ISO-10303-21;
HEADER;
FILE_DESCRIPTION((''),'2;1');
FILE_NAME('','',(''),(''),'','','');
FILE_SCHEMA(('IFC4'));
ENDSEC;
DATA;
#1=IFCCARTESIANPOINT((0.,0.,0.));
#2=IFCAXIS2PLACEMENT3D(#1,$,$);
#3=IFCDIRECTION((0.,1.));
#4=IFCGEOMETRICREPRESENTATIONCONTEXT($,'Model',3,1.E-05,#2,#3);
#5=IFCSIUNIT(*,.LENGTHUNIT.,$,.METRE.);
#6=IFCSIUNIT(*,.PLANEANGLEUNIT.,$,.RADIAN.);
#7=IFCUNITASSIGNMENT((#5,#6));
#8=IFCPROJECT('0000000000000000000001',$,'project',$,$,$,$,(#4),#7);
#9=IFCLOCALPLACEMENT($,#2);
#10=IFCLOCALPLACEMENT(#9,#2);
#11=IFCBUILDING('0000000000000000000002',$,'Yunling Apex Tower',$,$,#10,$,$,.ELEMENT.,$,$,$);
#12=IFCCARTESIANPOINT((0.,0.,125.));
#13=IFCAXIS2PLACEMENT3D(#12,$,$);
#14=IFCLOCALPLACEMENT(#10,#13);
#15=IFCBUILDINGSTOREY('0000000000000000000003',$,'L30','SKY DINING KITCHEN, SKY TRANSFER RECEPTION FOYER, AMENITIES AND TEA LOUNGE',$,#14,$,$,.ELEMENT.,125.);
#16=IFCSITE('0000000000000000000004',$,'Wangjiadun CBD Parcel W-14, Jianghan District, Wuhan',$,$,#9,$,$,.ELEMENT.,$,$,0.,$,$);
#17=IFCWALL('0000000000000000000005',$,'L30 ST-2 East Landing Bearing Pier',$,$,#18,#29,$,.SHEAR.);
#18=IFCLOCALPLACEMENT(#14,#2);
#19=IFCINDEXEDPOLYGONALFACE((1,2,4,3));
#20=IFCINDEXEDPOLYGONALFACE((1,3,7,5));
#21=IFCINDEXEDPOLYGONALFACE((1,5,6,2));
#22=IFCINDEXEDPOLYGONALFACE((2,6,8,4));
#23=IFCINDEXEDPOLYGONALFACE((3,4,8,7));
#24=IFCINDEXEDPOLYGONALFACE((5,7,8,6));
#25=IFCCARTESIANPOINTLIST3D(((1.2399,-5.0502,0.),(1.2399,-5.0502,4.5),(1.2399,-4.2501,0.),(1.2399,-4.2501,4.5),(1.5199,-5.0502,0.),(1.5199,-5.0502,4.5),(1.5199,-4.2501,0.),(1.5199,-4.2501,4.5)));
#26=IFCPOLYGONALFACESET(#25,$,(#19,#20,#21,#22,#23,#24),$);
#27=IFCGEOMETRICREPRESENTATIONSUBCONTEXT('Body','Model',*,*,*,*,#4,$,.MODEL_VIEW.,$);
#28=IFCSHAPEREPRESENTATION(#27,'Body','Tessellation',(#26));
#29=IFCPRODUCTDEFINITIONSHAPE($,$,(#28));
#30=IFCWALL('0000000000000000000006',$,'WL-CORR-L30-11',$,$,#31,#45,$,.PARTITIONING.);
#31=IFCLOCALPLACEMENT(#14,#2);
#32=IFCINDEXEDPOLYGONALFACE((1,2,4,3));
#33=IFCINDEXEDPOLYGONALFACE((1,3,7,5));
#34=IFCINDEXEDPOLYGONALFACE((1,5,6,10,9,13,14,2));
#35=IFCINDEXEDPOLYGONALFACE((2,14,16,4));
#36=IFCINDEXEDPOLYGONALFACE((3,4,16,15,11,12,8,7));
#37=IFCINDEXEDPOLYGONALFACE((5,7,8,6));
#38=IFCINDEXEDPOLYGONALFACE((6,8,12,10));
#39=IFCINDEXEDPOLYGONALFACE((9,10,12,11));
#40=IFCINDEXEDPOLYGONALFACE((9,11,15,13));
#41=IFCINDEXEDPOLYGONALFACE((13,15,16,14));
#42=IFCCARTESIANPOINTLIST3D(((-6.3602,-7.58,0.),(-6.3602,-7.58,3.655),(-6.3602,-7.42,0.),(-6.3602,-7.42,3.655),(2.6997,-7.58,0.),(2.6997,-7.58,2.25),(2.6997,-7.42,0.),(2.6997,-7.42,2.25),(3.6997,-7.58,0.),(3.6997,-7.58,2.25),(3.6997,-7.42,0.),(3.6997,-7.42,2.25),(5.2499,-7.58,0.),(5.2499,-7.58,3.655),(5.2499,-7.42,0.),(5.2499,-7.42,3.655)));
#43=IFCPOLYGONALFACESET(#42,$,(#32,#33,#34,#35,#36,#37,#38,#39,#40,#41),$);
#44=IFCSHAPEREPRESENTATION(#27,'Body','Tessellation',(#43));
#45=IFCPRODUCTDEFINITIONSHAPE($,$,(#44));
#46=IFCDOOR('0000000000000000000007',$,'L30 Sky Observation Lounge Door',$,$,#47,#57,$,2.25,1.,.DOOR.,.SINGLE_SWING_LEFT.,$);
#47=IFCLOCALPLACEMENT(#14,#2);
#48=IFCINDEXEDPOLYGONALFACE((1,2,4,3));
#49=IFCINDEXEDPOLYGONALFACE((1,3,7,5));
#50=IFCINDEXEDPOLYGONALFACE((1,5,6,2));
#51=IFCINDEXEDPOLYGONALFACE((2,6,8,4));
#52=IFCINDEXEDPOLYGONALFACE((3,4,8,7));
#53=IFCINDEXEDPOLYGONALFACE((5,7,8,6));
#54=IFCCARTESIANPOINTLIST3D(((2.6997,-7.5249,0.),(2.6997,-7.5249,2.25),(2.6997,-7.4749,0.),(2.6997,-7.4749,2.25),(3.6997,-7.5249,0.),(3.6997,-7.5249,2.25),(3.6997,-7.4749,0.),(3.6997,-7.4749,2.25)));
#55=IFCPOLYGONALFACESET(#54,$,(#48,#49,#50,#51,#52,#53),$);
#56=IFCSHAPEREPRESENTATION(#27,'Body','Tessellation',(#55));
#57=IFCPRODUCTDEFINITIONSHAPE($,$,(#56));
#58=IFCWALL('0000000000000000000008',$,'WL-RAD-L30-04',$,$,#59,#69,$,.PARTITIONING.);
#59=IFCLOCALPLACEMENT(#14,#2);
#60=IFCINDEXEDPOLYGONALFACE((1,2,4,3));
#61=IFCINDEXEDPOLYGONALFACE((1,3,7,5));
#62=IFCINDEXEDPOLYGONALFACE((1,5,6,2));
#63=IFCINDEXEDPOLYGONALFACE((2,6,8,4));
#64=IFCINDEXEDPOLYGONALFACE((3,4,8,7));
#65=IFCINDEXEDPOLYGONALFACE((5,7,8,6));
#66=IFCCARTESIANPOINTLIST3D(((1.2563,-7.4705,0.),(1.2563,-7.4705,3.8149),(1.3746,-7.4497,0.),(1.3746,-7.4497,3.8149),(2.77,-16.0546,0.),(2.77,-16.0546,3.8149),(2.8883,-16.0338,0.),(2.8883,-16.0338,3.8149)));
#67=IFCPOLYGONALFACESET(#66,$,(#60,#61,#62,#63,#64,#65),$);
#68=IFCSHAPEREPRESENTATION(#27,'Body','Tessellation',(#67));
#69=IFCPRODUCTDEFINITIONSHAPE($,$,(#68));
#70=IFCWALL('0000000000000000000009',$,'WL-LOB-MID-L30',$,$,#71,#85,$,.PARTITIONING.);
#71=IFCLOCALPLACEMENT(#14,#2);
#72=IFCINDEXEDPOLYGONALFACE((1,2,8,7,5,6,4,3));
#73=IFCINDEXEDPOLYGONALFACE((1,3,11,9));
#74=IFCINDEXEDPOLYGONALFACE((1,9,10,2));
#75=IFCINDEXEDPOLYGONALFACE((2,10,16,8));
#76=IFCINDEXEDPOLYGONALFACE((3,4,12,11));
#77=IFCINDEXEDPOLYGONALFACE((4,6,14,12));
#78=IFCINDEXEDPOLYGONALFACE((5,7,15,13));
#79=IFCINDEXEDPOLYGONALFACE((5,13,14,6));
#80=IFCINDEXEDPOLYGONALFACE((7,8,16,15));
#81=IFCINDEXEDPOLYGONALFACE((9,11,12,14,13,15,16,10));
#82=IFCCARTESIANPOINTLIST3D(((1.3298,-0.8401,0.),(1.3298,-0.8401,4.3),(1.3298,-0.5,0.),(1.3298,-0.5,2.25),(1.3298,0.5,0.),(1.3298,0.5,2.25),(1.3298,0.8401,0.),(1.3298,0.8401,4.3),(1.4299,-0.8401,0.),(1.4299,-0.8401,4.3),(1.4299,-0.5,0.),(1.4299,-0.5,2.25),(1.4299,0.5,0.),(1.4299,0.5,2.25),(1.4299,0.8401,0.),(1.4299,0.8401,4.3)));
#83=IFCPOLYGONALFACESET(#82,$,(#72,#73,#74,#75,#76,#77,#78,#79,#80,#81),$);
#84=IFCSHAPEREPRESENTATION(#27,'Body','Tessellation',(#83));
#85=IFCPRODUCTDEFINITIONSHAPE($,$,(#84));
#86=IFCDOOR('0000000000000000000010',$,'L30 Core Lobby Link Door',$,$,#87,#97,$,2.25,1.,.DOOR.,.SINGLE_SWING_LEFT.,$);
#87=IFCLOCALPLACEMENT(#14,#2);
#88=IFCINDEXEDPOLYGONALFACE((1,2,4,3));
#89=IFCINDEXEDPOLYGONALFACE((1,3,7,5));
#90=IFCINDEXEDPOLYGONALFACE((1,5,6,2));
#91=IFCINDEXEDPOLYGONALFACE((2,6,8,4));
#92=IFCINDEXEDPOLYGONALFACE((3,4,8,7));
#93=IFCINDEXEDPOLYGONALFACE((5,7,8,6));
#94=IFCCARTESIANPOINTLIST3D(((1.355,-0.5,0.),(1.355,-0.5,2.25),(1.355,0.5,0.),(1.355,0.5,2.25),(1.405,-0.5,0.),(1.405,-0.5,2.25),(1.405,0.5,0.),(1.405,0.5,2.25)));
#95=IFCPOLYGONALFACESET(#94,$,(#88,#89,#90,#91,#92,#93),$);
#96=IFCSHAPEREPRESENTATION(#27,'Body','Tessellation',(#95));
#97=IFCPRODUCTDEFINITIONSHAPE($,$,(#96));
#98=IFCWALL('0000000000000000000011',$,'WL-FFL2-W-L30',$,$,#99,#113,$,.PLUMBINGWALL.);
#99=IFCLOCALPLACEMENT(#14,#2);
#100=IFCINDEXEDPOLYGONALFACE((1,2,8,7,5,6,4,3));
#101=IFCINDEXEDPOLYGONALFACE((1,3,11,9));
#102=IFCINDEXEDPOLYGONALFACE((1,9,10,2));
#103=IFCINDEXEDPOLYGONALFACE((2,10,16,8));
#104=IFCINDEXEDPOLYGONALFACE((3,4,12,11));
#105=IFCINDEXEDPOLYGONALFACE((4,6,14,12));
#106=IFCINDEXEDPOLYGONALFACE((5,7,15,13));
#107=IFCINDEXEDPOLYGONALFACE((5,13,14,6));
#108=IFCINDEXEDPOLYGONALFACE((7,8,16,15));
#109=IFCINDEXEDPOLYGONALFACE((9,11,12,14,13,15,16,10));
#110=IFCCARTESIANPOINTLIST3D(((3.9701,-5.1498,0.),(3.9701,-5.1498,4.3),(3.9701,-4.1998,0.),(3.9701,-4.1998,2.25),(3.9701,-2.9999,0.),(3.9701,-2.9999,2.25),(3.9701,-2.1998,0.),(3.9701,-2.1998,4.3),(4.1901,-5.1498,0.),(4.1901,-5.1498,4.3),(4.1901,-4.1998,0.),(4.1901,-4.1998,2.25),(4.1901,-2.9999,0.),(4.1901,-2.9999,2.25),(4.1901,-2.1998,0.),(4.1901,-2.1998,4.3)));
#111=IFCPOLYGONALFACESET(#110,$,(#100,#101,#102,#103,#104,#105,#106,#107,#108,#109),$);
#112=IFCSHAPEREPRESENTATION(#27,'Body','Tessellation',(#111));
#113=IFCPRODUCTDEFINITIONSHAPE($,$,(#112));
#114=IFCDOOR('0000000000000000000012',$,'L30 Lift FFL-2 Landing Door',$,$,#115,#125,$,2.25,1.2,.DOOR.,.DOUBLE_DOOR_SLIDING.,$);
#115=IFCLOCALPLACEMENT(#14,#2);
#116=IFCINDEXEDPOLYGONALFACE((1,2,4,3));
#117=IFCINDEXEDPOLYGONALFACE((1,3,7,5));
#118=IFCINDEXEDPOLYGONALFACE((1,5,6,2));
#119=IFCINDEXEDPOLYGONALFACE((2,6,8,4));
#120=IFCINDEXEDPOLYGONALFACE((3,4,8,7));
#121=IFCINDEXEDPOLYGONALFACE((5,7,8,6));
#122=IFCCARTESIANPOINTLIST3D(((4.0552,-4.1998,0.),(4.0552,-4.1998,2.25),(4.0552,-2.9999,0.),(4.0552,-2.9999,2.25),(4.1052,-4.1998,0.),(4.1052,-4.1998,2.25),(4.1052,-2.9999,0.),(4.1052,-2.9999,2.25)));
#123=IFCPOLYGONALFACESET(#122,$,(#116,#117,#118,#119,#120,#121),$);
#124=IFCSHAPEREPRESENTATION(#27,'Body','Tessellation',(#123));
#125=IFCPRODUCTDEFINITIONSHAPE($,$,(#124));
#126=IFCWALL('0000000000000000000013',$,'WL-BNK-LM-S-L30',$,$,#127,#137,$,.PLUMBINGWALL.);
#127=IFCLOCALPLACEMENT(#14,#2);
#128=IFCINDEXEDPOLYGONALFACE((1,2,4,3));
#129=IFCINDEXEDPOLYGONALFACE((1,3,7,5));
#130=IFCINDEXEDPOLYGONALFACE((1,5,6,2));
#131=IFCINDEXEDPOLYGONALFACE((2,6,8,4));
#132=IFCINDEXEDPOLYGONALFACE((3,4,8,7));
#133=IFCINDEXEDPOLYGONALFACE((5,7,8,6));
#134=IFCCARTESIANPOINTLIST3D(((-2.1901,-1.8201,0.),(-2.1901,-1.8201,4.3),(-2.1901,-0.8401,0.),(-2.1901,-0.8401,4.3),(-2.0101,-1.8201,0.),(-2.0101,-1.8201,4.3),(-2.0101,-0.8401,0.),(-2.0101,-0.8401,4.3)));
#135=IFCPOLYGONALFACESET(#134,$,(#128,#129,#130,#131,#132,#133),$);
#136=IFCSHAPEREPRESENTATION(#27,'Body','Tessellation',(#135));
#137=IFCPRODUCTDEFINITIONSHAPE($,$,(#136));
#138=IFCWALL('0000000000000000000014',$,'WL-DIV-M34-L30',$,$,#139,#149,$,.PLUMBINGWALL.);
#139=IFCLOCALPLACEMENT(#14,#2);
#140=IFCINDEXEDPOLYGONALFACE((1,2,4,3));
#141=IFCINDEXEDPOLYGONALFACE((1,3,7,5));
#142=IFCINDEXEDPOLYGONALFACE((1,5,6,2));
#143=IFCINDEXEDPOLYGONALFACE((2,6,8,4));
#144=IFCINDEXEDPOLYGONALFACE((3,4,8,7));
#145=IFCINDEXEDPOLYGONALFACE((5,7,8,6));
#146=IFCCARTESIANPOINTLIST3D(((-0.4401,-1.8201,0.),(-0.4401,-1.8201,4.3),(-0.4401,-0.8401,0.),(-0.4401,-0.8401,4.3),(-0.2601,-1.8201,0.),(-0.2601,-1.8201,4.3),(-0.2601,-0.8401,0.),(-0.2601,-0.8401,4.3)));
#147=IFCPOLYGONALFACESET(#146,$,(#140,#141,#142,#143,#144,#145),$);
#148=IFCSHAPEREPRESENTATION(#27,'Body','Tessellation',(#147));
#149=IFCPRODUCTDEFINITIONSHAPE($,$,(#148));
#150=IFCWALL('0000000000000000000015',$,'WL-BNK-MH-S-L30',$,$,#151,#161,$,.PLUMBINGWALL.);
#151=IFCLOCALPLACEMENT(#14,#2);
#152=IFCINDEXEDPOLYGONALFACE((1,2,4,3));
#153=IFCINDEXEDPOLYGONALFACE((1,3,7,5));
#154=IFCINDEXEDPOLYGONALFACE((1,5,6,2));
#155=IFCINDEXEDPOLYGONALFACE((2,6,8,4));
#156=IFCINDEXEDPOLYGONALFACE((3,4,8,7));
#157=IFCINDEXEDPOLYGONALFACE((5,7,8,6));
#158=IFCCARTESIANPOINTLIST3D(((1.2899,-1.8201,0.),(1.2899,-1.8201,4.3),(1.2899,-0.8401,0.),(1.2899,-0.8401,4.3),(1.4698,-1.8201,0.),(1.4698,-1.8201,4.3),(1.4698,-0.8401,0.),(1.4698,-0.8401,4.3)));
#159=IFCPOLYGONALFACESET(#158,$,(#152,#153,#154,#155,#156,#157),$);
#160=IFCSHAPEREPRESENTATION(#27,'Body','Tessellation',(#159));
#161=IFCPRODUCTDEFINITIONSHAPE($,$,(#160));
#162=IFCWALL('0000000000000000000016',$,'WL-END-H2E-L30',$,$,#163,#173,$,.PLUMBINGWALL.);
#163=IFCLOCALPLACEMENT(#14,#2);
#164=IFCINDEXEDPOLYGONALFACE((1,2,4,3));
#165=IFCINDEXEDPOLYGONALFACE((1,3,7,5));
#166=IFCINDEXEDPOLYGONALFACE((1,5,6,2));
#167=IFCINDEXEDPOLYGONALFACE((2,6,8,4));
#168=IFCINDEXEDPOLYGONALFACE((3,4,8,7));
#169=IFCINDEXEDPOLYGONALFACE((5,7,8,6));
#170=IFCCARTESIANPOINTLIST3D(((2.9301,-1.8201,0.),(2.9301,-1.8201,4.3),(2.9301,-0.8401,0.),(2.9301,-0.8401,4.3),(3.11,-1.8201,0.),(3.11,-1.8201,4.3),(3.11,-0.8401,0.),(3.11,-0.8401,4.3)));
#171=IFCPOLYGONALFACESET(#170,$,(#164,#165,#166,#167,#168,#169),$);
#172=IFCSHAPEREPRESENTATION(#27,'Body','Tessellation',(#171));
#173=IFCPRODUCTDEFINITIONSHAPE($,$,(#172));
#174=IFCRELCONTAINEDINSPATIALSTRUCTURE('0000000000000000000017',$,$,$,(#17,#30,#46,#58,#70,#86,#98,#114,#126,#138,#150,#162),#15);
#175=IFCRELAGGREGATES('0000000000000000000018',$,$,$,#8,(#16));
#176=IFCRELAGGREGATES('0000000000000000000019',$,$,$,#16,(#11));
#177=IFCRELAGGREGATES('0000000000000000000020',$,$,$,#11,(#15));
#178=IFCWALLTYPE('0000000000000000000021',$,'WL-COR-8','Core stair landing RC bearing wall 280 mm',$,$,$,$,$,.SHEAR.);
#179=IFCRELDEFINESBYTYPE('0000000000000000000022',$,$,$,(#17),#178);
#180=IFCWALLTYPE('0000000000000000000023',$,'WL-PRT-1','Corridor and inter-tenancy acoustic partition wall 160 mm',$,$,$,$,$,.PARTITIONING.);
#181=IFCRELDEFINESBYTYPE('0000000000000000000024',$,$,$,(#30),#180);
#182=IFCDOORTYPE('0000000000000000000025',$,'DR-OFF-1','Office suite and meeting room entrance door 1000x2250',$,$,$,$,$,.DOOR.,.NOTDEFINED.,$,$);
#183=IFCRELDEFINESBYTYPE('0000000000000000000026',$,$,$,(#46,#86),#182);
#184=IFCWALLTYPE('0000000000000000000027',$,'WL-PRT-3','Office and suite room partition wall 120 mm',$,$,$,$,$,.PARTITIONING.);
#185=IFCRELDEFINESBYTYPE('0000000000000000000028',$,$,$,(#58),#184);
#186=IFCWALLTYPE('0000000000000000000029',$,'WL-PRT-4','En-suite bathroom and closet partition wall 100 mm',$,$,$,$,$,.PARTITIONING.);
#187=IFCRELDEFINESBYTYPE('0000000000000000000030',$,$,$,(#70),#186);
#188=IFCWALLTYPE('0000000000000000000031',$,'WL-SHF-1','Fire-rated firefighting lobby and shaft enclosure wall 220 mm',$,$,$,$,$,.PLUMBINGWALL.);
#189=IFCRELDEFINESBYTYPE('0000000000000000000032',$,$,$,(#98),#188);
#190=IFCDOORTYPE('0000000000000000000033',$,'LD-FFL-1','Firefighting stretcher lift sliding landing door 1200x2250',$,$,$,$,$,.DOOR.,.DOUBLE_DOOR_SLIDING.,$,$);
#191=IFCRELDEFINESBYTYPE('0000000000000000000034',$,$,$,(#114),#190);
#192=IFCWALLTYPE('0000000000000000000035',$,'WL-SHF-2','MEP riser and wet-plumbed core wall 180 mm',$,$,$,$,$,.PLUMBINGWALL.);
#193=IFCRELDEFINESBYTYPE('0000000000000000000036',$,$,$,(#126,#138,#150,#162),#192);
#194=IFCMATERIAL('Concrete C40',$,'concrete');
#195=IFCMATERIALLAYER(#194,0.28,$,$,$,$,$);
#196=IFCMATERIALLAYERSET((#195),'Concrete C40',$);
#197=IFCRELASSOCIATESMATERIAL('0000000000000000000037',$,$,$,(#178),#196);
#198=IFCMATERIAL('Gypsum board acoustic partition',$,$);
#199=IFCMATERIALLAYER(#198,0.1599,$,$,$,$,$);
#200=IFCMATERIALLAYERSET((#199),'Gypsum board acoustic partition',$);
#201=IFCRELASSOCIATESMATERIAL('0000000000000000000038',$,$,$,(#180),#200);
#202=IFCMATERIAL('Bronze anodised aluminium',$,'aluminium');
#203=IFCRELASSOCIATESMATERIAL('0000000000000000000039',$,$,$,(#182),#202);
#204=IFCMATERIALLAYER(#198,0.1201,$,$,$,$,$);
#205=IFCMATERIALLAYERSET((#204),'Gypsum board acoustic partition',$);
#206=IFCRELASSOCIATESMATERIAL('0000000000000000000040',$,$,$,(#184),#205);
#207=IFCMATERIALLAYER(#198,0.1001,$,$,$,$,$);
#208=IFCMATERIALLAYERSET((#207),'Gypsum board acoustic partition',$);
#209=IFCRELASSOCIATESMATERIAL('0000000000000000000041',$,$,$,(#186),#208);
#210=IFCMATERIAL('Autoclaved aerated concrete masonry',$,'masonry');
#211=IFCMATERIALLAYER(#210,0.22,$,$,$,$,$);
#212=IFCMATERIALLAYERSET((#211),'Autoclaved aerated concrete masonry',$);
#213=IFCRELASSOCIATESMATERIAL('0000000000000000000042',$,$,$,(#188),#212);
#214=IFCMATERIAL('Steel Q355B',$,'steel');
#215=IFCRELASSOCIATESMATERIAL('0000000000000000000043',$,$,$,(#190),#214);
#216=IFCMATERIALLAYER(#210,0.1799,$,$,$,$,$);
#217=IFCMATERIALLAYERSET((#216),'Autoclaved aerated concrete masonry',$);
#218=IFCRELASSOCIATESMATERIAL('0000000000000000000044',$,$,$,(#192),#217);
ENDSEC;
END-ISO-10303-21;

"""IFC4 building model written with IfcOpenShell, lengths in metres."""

from ifc_helpers import new_model, si_unit, direction, frame, frame_2d, origin, place, context, subcontext, project, spatial, rectangle, extrude, material, layer, layer_set, type_object, element, fill, save


model = new_model("IFC4")

# Units and contexts
model_context = context("Model", 3, precision=1e-05, world=origin(), true_north=direction((0.0, 1.0)))
body_context = subcontext(model_context, "Body", "Model", "MODEL_VIEW")
ifc_project = project(units=[si_unit("LENGTHUNIT", "METRE"), si_unit("PLANEANGLEUNIT", "RADIAN")], contexts=[model_context])

# Site, building, storey
site_placement = place(None, origin())
site = spatial("IfcSite", under=ifc_project, at=site_placement, Name="Wangjiadun CBD Parcel W-14, Jianghan District, Wuhan", CompositionType="ELEMENT", RefElevation=0.0)
building_placement = place(site_placement, origin())
building = spatial("IfcBuilding", under=site, at=building_placement, Name="Yunling Apex Tower", CompositionType="ELEMENT")
storey_placement = place(building_placement, frame((0.0, 0.0, 125.0)))
storey = spatial("IfcBuildingStorey", under=building, at=storey_placement, Name="L30", Description="SKY DINING KITCHEN, SKY TRANSFER RECEPTION FOYER, AMENITIES AND TEA LOUNGE", CompositionType="ELEMENT", Elevation=125.0)

# Wall
ifc_material_1 = material(Name="Concrete C40", Category="concrete")
ifc_layer_1 = layer(ifc_material_1, 0.28)
ifc_layer_set_1 = layer_set([ifc_layer_1], Name="Concrete C40")
wall_type_1 = type_object("IfcWallType", Name="WL-COR-8", Description="Core stair landing RC bearing wall 280 mm", PredefinedType="SHEAR", material=ifc_layer_set_1)
wall_1_placement = place(storey_placement, frame((1.3799, -5.05, 0.0), z_axis=(0.0, 0.0, 1.0), x_axis=(0.0, 1.0, 0.0)))
element("IfcWall", 1, at=wall_1_placement, inside=storey, type_object=wall_type_1, Name="L30 ST-2 East Landing Bearing Pier", PredefinedType="SHEAR", context=body_context, shape_type="SweptSolid", body=[
    extrude(rectangle(XDim=0.8, YDim=0.28, at=frame_2d((0.3999, 0.0))), origin(), (0.0, 0.0, 1.0), 4.5),
])

# Wall, opening, door
ifc_material_2 = material(Name="Gypsum board acoustic partition")
ifc_layer_2 = layer(ifc_material_2, 0.1599)
ifc_layer_set_2 = layer_set([ifc_layer_2], Name="Gypsum board acoustic partition")
wall_type_2 = type_object("IfcWallType", Name="WL-PRT-1", Description="Corridor and inter-tenancy acoustic partition wall 160 mm", PredefinedType="PARTITIONING", material=ifc_layer_set_2)
wall_2_placement = place(storey_placement, frame((5.25, -7.5, 0.0), z_axis=(0.0, 0.0, 1.0), x_axis=(-1.0, 0.0, 0.0)))
wall_2 = element("IfcWall", 2, at=wall_2_placement, inside=storey, type_object=wall_type_2, Name="WL-CORR-L30-11", PredefinedType="PARTITIONING", context=body_context, shape_type="SweptSolid", body=[
    extrude(rectangle(XDim=11.6101, YDim=0.1599, at=frame_2d((5.8052, 0.0))), origin(), (0.0, 0.0, 1.0), 3.655),
])
opening_1_placement = place(wall_2_placement, frame((1.5503, 0.0, 0.0)))
opening_1 = element("IfcOpeningElement", 3, at=opening_1_placement, cuts=wall_2, PredefinedType="OPENING", context=body_context, shape_type="SweptSolid", body=[
    extrude(rectangle(XDim=1.0, YDim=2.25, at=frame_2d((0.5, 1.125))), frame((0.0, 0.0898, 0.0), z_axis=(0.0, -1.0, 0.0), x_axis=(1.0, 0.0, 0.0)), (0.0, 0.0, 1.0), 0.1799),
])
ifc_material_3 = material(Name="Bronze anodised aluminium", Category="aluminium")
door_type_1 = type_object("IfcDoorType", Name="DR-OFF-1", Description="Office suite and meeting room entrance door 1000x2250", OperationType="NOTDEFINED", PredefinedType="DOOR", material=ifc_material_3)
door_1_placement = place(opening_1_placement, origin())
door_1 = element("IfcDoor", 4, at=door_1_placement, inside=storey, type_object=door_type_1, Name="L30 Sky Observation Lounge Door", OperationType="SINGLE_SWING_LEFT", OverallHeight=2.25, OverallWidth=1.0, PredefinedType="DOOR", context=body_context, shape_type="SweptSolid", body=[
    extrude(rectangle(XDim=1.0, YDim=2.25, at=frame_2d((0.5, 1.125))), frame((0.0, 0.0249, 0.0), z_axis=(0.0, -1.0, 0.0), x_axis=(1.0, 0.0, 0.0)), (0.0, 0.0, 1.0), 0.05),
])
fill(opening_1, door_1)

# Wall
ifc_layer_3 = layer(ifc_material_2, 0.1201)
ifc_layer_set_3 = layer_set([ifc_layer_3], Name="Gypsum board acoustic partition")
wall_type_3 = type_object("IfcWallType", Name="WL-PRT-3", Description="Office and suite room partition wall 120 mm", PredefinedType="PARTITIONING", material=ifc_layer_set_3)
wall_3_placement = place(storey_placement, frame((1.3154, -7.46, 0.0), z_axis=(0.0, 0.0, 1.0), x_axis=(0.173653, -0.984807, 0.0)))
element("IfcWall", 5, at=wall_3_placement, inside=storey, type_object=wall_type_3, Name="WL-RAD-L30-04", PredefinedType="PARTITIONING", context=body_context, shape_type="SweptSolid", body=[
    extrude(rectangle(XDim=8.7166, YDim=0.1201, at=frame_2d((4.3584, 0.0))), origin(), (0.0, 0.0, 1.0), 3.8149),
])

# Walls, openings, doors
ifc_layer_4 = layer(ifc_material_2, 0.1001)
ifc_layer_set_4 = layer_set([ifc_layer_4], Name="Gypsum board acoustic partition")
wall_type_4 = type_object("IfcWallType", Name="WL-PRT-4", Description="En-suite bathroom and closet partition wall 100 mm", PredefinedType="PARTITIONING", material=ifc_layer_set_4)
wall_4_placement = place(storey_placement, frame((1.3799, -0.8401, 0.0), z_axis=(0.0, 0.0, 1.0), x_axis=(0.0, 1.0, 0.0)))
wall_4 = element("IfcWall", 6, at=wall_4_placement, inside=storey, type_object=wall_type_4, Name="WL-LOB-MID-L30", PredefinedType="PARTITIONING", context=body_context, shape_type="SweptSolid", body=[
    extrude(rectangle(XDim=1.6802, YDim=0.1001, at=frame_2d((0.8401, 0.0))), origin(), (0.0, 0.0, 1.0), 4.3),
])
opening_2_placement = place(wall_4_placement, frame((0.3401, 0.0, 0.0)))
opening_2 = element("IfcOpeningElement", 7, at=opening_2_placement, cuts=wall_4, PredefinedType="OPENING", context=body_context, shape_type="SweptSolid", body=[
    extrude(rectangle(XDim=1.0, YDim=2.25, at=frame_2d((0.5, 1.125))), frame((0.0, 0.0601, 0.0), z_axis=(0.0, -1.0, 0.0), x_axis=(1.0, 0.0, 0.0)), (0.0, 0.0, 1.0), 0.1201),
])
door_2_placement = place(opening_2_placement, origin())
door_2 = element("IfcDoor", 8, at=door_2_placement, inside=storey, type_object=door_type_1, Name="L30 Core Lobby Link Door", OperationType="SINGLE_SWING_LEFT", OverallHeight=2.25, OverallWidth=1.0, PredefinedType="DOOR", context=body_context, shape_type="SweptSolid", body=[
    extrude(rectangle(XDim=1.0, YDim=2.25, at=frame_2d((0.5, 1.125))), frame((0.0, 0.0249, 0.0), z_axis=(0.0, -1.0, 0.0), x_axis=(1.0, 0.0, 0.0)), (0.0, 0.0, 1.0), 0.05),
])
fill(opening_2, door_2)
ifc_material_4 = material(Name="Autoclaved aerated concrete masonry", Category="masonry")
ifc_layer_5 = layer(ifc_material_4, 0.22)
ifc_layer_set_5 = layer_set([ifc_layer_5], Name="Autoclaved aerated concrete masonry")
wall_type_5 = type_object("IfcWallType", Name="WL-SHF-1", Description="Fire-rated firefighting lobby and shaft enclosure wall 220 mm", PredefinedType="PLUMBINGWALL", material=ifc_layer_set_5)
ifc_material_5 = material(Name="Steel Q355B", Category="steel")
wall_5_placement = place(storey_placement, frame((4.0801, -5.1499, 0.0), z_axis=(0.0, 0.0, 1.0), x_axis=(0.0, 1.0, 0.0)))
wall_5 = element("IfcWall", 9, at=wall_5_placement, inside=storey, type_object=wall_type_5, Name="WL-FFL2-W-L30", PredefinedType="PLUMBINGWALL", context=body_context, shape_type="SweptSolid", body=[
    extrude(rectangle(XDim=2.95, YDim=0.22, at=frame_2d((1.4751, 0.0))), origin(), (0.0, 0.0, 1.0), 4.3),
])
opening_3_placement = place(wall_5_placement, frame((0.95, 0.0, 0.0)))
opening_3 = element("IfcOpeningElement", 10, at=opening_3_placement, cuts=wall_5, PredefinedType="OPENING", context=body_context, shape_type="SweptSolid", body=[
    extrude(rectangle(XDim=1.2, YDim=2.25, at=frame_2d((0.6001, 1.125))), frame((0.0, 0.1201, 0.0), z_axis=(0.0, -1.0, 0.0), x_axis=(1.0, 0.0, 0.0)), (0.0, 0.0, 1.0), 0.24),
])
door_type_2 = type_object("IfcDoorType", Name="LD-FFL-1", Description="Firefighting stretcher lift sliding landing door 1200x2250", OperationType="DOUBLE_DOOR_SLIDING", PredefinedType="DOOR", material=ifc_material_5)
door_3_placement = place(opening_3_placement, origin())
door_3 = element("IfcDoor", 11, at=door_3_placement, inside=storey, type_object=door_type_2, Name="L30 Lift FFL-2 Landing Door", OperationType="DOUBLE_DOOR_SLIDING", OverallHeight=2.25, OverallWidth=1.2, PredefinedType="DOOR", context=body_context, shape_type="SweptSolid", body=[
    extrude(rectangle(XDim=1.2, YDim=2.25, at=frame_2d((0.6001, 1.125))), frame((0.0, 0.0249, 0.0), z_axis=(0.0, -1.0, 0.0), x_axis=(1.0, 0.0, 0.0)), (0.0, 0.0, 1.0), 0.05),
])
fill(opening_3, door_3)

# Walls
ifc_layer_6 = layer(ifc_material_4, 0.1799)
ifc_layer_set_6 = layer_set([ifc_layer_6], Name="Autoclaved aerated concrete masonry")
wall_type_6 = type_object("IfcWallType", Name="WL-SHF-2", Description="MEP riser and wet-plumbed core wall 180 mm", PredefinedType="PLUMBINGWALL", material=ifc_layer_set_6)
for number, where, z_axis, x_axis, name in (
    (12, (-2.1001, -1.8201, 0.0), (0.0, 0.0, 1.0), (0.0, 1.0, 0.0), "WL-BNK-LM-S-L30"),
    (13, (-0.3501, -1.8201, 0.0), (0.0, 0.0, 1.0), (0.0, 1.0, 0.0), "WL-DIV-M34-L30"),
    (14, (1.3799, -1.8201, 0.0), (0.0, 0.0, 1.0), (0.0, 1.0, 0.0), "WL-BNK-MH-S-L30"),
    (15, (3.02, -1.8201, 0.0), (0.0, 0.0, 1.0), (0.0, 1.0, 0.0), "WL-END-H2E-L30"),
):
    element("IfcWall", number, at=place(storey_placement, frame(where, z_axis=z_axis, x_axis=x_axis)), inside=storey, type_object=wall_type_6, Name=name, PredefinedType="PLUMBINGWALL", context=body_context, shape_type="SweptSolid", body=[
        extrude(rectangle(XDim=0.98, YDim=0.1799, at=frame_2d((0.49, 0.0))), origin(), (0.0, 0.0, 1.0), 4.3),
    ])

save(model, "model.ifc")
